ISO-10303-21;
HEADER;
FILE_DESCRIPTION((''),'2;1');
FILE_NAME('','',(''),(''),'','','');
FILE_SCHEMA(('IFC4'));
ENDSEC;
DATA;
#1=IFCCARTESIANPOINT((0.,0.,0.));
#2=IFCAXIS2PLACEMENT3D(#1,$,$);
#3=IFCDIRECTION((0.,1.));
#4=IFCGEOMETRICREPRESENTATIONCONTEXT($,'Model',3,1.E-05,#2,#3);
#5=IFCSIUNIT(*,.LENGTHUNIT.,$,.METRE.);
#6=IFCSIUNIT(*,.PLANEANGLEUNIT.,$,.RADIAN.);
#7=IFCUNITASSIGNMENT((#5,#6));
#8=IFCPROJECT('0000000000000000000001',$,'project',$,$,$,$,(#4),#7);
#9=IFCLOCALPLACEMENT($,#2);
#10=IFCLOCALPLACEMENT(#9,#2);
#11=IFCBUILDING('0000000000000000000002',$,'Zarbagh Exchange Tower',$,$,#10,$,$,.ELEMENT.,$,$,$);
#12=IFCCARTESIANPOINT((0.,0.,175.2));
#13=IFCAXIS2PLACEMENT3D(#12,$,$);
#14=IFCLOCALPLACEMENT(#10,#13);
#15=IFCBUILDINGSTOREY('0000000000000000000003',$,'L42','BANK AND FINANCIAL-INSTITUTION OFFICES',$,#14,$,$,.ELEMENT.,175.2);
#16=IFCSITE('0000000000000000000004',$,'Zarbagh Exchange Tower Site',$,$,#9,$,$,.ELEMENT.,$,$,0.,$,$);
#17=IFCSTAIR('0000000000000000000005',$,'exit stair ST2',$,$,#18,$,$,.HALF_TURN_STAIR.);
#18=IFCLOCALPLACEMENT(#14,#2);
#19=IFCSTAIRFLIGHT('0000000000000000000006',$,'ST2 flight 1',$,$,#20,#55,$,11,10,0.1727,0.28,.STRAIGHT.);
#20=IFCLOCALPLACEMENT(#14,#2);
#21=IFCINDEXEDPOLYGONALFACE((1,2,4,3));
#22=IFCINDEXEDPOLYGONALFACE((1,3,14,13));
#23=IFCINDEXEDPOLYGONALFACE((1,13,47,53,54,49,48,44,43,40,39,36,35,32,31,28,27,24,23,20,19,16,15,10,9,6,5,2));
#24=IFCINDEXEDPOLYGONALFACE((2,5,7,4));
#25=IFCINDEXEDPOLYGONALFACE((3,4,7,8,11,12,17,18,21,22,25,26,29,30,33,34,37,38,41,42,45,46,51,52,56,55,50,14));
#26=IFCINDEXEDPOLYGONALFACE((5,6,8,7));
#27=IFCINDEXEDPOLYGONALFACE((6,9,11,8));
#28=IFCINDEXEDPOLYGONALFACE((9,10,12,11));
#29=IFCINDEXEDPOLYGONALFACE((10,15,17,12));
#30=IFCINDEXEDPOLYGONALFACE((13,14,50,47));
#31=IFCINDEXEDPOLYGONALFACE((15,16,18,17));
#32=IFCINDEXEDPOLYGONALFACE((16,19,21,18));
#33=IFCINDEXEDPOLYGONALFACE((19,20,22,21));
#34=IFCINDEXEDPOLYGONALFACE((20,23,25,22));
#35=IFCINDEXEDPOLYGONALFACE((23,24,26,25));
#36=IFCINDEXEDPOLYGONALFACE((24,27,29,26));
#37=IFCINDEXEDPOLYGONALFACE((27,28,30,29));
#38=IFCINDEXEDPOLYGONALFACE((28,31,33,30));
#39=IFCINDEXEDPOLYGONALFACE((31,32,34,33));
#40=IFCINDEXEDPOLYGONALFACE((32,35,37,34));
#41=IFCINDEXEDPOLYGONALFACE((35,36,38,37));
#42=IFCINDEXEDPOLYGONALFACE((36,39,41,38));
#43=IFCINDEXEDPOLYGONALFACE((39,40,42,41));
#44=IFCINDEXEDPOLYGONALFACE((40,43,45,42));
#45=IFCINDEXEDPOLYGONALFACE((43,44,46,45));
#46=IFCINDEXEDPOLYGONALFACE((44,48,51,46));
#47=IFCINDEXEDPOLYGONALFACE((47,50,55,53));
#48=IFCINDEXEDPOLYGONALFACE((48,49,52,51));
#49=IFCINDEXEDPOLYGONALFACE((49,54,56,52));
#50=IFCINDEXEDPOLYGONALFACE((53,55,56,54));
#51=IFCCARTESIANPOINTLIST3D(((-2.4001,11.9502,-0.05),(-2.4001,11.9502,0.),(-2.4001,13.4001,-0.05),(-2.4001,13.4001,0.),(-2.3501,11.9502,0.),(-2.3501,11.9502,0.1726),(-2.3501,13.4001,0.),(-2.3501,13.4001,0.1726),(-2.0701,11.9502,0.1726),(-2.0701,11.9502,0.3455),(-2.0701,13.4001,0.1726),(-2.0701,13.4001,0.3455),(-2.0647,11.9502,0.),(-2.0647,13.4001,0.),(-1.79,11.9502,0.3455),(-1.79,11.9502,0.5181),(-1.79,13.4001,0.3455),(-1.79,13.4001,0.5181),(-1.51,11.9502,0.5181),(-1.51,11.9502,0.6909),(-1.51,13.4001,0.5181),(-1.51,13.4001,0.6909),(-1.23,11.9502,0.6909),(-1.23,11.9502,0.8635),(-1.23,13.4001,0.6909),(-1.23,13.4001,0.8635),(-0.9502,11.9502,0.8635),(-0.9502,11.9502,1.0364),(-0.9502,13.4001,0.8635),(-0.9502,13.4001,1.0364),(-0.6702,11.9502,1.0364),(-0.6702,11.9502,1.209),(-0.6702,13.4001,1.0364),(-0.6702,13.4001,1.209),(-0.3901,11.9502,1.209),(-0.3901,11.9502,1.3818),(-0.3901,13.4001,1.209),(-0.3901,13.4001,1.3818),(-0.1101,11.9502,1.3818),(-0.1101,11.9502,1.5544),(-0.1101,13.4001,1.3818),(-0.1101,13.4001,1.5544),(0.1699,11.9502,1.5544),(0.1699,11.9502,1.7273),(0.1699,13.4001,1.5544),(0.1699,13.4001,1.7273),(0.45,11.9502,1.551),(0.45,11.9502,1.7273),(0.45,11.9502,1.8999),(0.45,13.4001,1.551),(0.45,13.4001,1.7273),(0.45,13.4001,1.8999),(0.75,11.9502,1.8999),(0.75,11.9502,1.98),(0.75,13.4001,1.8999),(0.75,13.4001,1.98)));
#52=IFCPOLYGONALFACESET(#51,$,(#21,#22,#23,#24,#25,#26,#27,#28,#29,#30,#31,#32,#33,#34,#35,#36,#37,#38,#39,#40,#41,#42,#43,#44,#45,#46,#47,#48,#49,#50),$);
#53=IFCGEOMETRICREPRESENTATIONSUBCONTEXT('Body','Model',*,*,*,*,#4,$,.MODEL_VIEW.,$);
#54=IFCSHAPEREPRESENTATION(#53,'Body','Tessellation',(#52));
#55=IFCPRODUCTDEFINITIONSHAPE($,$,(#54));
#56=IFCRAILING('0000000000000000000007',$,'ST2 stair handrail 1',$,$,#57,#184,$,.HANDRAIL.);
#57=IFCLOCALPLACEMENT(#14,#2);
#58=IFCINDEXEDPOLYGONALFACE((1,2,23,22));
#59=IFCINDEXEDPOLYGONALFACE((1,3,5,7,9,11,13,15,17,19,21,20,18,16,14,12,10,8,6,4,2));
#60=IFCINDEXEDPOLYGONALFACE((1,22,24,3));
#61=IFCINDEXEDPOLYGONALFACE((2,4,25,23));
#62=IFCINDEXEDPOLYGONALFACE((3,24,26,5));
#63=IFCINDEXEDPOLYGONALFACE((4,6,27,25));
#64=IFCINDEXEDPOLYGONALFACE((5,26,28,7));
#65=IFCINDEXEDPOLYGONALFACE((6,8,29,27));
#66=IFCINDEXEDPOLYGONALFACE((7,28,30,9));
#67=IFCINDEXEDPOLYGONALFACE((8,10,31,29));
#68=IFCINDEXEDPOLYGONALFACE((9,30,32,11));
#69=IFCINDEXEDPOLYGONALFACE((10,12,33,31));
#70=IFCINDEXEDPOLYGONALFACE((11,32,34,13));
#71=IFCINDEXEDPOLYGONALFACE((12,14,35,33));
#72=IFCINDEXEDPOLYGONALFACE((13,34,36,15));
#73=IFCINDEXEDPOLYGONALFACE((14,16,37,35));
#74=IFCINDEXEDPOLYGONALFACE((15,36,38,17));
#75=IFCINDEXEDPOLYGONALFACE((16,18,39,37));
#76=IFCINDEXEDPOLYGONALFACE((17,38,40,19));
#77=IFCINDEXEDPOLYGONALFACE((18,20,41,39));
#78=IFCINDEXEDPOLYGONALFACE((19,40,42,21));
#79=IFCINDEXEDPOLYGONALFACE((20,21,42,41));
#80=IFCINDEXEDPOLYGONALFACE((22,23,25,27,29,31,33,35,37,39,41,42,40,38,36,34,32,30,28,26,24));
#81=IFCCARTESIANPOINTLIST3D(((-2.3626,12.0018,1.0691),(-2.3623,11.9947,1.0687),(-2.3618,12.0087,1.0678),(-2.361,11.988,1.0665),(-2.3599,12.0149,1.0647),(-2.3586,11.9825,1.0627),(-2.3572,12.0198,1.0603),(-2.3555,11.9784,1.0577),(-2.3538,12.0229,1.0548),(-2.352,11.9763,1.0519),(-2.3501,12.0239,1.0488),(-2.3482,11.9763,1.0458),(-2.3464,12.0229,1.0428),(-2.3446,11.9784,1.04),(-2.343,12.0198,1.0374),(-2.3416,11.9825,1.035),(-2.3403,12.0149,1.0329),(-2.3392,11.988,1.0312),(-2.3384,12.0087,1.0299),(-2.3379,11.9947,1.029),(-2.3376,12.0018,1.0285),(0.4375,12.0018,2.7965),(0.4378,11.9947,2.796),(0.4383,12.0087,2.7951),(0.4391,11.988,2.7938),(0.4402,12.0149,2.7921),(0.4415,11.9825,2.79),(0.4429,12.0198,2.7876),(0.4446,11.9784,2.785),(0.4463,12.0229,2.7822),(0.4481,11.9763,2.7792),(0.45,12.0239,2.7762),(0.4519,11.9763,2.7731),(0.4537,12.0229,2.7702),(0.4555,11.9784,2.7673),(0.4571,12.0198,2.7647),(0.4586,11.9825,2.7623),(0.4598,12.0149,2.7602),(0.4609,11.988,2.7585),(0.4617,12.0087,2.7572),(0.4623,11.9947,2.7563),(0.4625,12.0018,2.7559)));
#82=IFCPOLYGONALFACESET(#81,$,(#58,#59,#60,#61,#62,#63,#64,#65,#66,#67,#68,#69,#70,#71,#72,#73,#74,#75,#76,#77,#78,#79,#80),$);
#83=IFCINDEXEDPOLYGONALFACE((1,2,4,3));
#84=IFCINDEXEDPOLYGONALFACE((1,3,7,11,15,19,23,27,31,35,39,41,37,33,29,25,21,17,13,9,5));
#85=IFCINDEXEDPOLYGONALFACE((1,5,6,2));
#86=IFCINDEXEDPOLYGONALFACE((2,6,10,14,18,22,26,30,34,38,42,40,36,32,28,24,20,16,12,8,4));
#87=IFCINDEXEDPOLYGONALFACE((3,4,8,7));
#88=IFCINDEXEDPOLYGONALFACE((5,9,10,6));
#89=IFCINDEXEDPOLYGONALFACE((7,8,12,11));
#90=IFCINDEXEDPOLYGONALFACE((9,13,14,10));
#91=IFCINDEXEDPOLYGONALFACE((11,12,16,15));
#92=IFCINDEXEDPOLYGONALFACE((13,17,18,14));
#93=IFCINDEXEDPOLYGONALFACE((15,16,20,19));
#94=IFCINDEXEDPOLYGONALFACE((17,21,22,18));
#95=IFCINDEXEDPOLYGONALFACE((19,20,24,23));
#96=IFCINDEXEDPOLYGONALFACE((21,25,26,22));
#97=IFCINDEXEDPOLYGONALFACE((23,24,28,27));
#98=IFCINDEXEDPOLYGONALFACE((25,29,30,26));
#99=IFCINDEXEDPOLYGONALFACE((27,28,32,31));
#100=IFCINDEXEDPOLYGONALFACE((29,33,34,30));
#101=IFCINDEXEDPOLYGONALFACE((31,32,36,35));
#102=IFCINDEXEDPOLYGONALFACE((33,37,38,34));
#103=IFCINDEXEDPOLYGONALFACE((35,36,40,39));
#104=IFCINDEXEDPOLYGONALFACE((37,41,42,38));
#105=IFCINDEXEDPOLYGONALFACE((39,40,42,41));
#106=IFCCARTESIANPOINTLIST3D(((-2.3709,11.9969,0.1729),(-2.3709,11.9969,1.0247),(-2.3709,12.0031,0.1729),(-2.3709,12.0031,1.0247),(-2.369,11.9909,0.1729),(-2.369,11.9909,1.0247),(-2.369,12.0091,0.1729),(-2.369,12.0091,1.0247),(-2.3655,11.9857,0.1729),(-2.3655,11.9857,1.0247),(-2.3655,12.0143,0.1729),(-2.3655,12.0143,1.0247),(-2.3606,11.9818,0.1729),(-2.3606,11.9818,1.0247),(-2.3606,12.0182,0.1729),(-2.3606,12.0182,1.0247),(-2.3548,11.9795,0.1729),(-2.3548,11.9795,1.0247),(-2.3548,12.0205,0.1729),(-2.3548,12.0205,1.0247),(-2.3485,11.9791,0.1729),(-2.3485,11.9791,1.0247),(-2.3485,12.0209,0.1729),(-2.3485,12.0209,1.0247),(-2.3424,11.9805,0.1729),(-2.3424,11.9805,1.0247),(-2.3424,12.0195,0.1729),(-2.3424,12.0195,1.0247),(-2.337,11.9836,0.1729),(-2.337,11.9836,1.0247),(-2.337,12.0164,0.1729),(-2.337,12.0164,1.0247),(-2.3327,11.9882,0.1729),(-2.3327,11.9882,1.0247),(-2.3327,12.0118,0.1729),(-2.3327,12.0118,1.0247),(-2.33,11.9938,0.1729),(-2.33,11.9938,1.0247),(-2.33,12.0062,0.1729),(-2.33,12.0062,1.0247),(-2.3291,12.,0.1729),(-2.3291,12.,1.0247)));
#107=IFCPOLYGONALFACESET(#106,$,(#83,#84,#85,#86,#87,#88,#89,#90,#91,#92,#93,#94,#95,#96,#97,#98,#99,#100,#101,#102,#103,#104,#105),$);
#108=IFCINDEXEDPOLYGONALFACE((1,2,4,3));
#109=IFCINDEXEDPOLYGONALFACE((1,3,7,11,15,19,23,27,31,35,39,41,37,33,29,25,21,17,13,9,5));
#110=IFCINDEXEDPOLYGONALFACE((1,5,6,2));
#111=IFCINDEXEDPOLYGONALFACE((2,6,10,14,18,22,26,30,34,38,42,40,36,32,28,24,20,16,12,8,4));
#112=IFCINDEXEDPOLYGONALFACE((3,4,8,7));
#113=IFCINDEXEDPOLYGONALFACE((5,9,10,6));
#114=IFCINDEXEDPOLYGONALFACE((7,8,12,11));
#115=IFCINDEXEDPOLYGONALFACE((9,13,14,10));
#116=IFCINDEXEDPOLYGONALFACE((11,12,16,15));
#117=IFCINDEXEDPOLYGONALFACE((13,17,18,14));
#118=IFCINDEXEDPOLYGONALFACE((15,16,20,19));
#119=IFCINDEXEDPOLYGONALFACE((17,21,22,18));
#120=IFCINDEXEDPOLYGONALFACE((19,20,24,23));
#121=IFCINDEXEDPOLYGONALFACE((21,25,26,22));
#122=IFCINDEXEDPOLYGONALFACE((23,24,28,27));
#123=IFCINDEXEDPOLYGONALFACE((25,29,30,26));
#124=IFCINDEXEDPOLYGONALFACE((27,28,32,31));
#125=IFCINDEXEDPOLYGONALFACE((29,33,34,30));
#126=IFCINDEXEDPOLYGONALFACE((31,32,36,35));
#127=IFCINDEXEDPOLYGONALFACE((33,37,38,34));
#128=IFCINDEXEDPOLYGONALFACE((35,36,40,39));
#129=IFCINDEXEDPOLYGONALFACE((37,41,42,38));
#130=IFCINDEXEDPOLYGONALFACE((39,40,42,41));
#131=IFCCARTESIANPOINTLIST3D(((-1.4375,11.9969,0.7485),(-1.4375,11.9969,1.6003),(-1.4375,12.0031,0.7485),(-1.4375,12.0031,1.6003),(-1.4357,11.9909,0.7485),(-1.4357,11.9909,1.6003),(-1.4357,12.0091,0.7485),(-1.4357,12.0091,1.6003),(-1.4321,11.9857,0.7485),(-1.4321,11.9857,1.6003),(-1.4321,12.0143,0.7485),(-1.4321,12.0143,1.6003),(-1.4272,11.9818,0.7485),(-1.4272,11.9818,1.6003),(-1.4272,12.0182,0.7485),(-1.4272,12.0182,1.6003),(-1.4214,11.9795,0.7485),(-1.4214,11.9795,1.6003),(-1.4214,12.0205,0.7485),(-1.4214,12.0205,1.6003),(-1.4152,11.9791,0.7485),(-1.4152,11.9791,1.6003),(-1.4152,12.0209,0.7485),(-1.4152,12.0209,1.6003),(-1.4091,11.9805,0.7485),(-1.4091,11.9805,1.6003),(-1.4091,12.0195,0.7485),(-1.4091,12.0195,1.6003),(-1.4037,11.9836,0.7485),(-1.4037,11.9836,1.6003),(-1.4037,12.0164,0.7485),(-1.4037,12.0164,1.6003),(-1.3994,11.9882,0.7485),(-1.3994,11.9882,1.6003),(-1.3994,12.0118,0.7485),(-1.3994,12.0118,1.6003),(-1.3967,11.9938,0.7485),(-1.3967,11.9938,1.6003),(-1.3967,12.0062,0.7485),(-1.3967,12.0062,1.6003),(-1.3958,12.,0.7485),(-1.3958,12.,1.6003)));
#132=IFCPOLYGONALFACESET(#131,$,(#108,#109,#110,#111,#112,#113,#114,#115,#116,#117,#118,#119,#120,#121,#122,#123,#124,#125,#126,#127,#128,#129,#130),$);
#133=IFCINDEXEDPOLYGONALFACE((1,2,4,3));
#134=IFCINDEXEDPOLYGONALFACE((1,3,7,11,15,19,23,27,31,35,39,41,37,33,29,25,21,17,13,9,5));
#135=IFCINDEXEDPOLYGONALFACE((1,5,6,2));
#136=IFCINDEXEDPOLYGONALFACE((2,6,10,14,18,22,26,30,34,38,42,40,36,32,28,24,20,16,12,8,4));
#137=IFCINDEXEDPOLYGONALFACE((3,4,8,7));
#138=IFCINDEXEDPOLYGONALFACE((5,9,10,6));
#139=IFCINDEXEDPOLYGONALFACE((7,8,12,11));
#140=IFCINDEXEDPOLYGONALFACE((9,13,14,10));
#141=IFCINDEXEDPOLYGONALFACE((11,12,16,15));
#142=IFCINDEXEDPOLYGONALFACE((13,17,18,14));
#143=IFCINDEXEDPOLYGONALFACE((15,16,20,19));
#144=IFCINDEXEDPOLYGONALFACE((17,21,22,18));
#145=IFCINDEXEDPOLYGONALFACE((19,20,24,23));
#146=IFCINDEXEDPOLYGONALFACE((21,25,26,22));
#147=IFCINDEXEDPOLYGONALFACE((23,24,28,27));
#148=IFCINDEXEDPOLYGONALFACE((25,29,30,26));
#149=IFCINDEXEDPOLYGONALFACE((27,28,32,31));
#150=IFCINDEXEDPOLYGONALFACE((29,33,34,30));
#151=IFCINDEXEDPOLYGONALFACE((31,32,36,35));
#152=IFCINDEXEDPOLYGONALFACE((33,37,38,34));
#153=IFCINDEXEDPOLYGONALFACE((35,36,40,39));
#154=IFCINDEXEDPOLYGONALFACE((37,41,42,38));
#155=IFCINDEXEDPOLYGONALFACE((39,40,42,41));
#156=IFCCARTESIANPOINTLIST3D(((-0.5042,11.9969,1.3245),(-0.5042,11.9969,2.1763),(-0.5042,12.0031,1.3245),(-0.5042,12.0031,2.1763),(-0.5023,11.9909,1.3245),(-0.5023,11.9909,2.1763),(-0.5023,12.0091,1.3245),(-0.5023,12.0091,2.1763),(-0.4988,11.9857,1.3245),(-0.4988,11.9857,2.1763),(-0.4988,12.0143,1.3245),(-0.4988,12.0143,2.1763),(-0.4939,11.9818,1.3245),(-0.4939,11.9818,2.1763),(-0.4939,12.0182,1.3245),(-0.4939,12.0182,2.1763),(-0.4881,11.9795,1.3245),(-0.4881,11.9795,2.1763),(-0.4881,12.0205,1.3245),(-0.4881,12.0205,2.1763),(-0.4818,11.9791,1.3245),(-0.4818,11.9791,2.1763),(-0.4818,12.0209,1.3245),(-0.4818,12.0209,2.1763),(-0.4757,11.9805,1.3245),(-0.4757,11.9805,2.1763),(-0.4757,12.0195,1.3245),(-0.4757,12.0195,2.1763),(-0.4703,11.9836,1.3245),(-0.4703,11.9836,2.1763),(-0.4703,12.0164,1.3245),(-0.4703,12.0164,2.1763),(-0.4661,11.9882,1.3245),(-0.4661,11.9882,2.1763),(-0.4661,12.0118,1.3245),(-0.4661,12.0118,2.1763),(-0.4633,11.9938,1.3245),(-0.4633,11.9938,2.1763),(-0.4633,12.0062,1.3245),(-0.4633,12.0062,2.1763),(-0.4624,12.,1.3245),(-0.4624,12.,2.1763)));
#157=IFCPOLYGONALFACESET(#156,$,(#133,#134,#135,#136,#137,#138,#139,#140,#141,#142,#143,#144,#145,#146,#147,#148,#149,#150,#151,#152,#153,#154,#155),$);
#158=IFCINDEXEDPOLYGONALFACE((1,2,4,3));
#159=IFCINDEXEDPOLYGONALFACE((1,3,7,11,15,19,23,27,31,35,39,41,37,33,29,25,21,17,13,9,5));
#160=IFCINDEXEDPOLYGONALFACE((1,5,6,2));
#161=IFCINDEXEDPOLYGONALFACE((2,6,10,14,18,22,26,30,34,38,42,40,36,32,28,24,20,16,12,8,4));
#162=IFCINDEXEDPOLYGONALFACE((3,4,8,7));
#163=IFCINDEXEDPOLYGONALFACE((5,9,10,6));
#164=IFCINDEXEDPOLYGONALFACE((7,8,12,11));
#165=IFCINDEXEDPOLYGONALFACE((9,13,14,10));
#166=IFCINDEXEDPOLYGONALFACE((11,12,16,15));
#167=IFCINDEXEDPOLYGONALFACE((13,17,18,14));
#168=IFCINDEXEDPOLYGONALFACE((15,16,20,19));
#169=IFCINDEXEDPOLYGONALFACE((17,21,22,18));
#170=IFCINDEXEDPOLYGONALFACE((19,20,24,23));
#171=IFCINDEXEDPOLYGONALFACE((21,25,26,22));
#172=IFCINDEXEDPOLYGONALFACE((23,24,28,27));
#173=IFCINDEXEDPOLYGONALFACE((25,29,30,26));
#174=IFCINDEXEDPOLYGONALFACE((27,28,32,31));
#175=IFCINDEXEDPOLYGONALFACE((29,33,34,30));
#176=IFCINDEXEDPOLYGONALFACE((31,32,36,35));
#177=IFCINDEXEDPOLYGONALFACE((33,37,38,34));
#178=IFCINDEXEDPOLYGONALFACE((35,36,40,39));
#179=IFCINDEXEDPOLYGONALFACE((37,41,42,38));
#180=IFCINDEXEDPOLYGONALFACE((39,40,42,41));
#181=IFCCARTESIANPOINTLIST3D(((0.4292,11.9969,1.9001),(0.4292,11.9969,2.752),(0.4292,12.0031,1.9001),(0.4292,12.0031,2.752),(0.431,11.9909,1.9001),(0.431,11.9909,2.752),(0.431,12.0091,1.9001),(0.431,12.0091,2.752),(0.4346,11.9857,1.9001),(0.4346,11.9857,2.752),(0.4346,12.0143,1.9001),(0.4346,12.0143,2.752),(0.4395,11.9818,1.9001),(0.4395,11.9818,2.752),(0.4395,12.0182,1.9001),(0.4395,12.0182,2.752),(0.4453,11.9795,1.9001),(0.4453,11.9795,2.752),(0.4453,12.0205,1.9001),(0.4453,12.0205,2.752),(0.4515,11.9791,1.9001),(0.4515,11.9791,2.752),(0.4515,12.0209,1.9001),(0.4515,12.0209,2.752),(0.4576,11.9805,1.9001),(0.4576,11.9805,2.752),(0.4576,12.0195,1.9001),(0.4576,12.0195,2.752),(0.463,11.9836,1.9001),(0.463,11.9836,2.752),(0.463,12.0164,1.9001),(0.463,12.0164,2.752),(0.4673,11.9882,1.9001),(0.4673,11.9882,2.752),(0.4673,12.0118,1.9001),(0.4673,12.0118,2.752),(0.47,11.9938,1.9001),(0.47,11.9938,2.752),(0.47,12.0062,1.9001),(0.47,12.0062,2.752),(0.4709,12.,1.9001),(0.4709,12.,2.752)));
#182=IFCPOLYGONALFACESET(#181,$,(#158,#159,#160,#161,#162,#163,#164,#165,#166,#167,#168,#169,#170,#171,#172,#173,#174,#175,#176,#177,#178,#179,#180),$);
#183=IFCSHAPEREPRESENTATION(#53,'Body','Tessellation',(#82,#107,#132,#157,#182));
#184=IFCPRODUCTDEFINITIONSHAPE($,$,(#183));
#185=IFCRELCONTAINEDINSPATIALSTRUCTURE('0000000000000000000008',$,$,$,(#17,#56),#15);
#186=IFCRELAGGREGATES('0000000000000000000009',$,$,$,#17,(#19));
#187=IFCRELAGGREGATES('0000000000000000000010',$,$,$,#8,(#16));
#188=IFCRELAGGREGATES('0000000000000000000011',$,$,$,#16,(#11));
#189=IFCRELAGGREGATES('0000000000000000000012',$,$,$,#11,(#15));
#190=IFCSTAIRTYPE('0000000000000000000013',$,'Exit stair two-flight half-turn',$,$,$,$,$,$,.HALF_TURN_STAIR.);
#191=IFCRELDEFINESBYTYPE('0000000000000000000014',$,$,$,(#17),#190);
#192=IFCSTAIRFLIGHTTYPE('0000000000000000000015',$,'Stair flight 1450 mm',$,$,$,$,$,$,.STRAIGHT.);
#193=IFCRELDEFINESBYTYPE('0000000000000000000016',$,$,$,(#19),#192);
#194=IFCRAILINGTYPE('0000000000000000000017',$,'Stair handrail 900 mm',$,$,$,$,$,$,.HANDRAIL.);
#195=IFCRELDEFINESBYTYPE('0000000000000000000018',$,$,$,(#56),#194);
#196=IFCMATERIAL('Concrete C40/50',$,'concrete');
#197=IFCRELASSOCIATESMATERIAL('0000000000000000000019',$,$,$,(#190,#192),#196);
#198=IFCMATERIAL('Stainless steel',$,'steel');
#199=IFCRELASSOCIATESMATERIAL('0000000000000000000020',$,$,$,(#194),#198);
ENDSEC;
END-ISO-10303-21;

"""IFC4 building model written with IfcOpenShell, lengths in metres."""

from ifc_helpers import new_model, si_unit, direction, frame, origin, origin_2d, place, context, subcontext, project, spatial, polyline, circle, outline, extrude, material, type_object, element, aggregate, save


model = new_model("IFC4")

# Units and contexts
model_context = context("Model", 3, precision=1e-05, world=origin(), true_north=direction((0.0, 1.0)))
body_context = subcontext(model_context, "Body", "Model", "MODEL_VIEW")
ifc_project = project(units=[si_unit("LENGTHUNIT", "METRE"), si_unit("PLANEANGLEUNIT", "RADIAN")], contexts=[model_context])

# Site, building, storey
site_placement = place(None, origin())
site = spatial("IfcSite", under=ifc_project, at=site_placement, Name="Zarbagh Exchange Tower Site", CompositionType="ELEMENT", RefElevation=0.0)
building_placement = place(site_placement, origin())
building = spatial("IfcBuilding", under=site, at=building_placement, Name="Zarbagh Exchange Tower", CompositionType="ELEMENT")
storey_placement = place(building_placement, frame((0.0, 0.0, 175.2)))
storey = spatial("IfcBuildingStorey", under=building, at=storey_placement, Name="L42", Description="BANK AND FINANCIAL-INSTITUTION OFFICES", CompositionType="ELEMENT", Elevation=175.2)

# Shared definitions
ifc_material_1 = material(Name="Concrete C40/50", Category="concrete")

# Stair, stair flight
stair_type = type_object("IfcStairType", Name="Exit stair two-flight half-turn", PredefinedType="HALF_TURN_STAIR", material=ifc_material_1)
stair_placement = place(storey_placement, origin())
stair = element("IfcStair", 1, at=stair_placement, inside=storey, type_object=stair_type, Name="exit stair ST2", PredefinedType="HALF_TURN_STAIR")
stair_flight_type = type_object("IfcStairFlightType", Name="Stair flight 1450 mm", PredefinedType="STRAIGHT", material=ifc_material_1)
stair_flight_placement = place(storey_placement, frame((-2.3501, 12.675, 0.0), z_axis=(0.0, 0.0, 1.0), x_axis=(1.0, 0.0, 0.0)))
stair_flight = element("IfcStairFlight", 2, at=stair_flight_placement, type_object=stair_flight_type, Name="ST2 flight 1", NumberOfRisers=11, NumberOfTreads=10, PredefinedType="STRAIGHT", RiserHeight=0.1727, TreadLength=0.28, context=body_context, shape_type="SweptSolid", body=[
    extrude(outline(polyline([(-0.05, -0.05), (-0.05, 0.0), (0.0, 0.0), (0.0, 0.1726), (0.28, 0.1726), (0.28, 0.3455), (0.5601, 0.3455), (0.5601, 0.5181), (0.8401, 0.5181), (0.8401, 0.6909), (1.1201, 0.6909), (1.1201, 0.8635), (1.3999, 0.8635), (1.3999, 1.0364), (1.6799, 1.0364), (1.6799, 1.209), (1.96, 1.209), (1.96, 1.3818), (2.24, 1.3818), (2.24, 1.5544), (2.52, 1.5544), (2.52, 1.7273), (2.8, 1.7273), (2.8, 1.8999), (3.1001, 1.98), (3.1001, 1.8999), (2.8, 1.551), (0.2854, 0.0), (-0.05, -0.05)])), frame((0.0, 0.7251, 0.0), z_axis=(0.0, -1.0, 0.0), x_axis=(1.0, 0.0, 0.0)), (0.0, 0.0, 1.0), 1.45),
])
aggregate(stair, [stair_flight])

# Railing
ifc_material_2 = material(Name="Stainless steel", Category="steel")
railing_type = type_object("IfcRailingType", Name="Stair handrail 900 mm", PredefinedType="HANDRAIL", material=ifc_material_2)
railing_placement = place(storey_placement, frame((-2.3501, 12.0, 0.1729)))
element("IfcRailing", 3, at=railing_placement, inside=storey, type_object=railing_type, Name="ST2 stair handrail 1", PredefinedType="HANDRAIL", context=body_context, shape_type="SweptSolid", body=[
    extrude(circle(Radius=0.0239, at=origin_2d()), frame((0.0, 0.0, 0.876), z_axis=(0.85109, 0.0, 0.52502), x_axis=(0.0, 1.0, 0.0)), (0.0, 0.0, 1.0), 3.29),
    extrude(circle(Radius=0.021, at=origin_2d()), origin(), (0.0, 0.0, 1.0), 0.8518),
    extrude(circle(Radius=0.021, at=origin_2d()), frame((0.9333, 0.0, 0.5757)), (0.0, 0.0, 1.0), 0.8518),
    extrude(circle(Radius=0.021, at=origin_2d()), frame((1.8667, 0.0, 1.1516)), (0.0, 0.0, 1.0), 0.8518),
    extrude(circle(Radius=0.021, at=origin_2d()), frame((2.8, 0.0, 1.7273)), (0.0, 0.0, 1.0), 0.8518),
])

save(model, "model.ifc")
